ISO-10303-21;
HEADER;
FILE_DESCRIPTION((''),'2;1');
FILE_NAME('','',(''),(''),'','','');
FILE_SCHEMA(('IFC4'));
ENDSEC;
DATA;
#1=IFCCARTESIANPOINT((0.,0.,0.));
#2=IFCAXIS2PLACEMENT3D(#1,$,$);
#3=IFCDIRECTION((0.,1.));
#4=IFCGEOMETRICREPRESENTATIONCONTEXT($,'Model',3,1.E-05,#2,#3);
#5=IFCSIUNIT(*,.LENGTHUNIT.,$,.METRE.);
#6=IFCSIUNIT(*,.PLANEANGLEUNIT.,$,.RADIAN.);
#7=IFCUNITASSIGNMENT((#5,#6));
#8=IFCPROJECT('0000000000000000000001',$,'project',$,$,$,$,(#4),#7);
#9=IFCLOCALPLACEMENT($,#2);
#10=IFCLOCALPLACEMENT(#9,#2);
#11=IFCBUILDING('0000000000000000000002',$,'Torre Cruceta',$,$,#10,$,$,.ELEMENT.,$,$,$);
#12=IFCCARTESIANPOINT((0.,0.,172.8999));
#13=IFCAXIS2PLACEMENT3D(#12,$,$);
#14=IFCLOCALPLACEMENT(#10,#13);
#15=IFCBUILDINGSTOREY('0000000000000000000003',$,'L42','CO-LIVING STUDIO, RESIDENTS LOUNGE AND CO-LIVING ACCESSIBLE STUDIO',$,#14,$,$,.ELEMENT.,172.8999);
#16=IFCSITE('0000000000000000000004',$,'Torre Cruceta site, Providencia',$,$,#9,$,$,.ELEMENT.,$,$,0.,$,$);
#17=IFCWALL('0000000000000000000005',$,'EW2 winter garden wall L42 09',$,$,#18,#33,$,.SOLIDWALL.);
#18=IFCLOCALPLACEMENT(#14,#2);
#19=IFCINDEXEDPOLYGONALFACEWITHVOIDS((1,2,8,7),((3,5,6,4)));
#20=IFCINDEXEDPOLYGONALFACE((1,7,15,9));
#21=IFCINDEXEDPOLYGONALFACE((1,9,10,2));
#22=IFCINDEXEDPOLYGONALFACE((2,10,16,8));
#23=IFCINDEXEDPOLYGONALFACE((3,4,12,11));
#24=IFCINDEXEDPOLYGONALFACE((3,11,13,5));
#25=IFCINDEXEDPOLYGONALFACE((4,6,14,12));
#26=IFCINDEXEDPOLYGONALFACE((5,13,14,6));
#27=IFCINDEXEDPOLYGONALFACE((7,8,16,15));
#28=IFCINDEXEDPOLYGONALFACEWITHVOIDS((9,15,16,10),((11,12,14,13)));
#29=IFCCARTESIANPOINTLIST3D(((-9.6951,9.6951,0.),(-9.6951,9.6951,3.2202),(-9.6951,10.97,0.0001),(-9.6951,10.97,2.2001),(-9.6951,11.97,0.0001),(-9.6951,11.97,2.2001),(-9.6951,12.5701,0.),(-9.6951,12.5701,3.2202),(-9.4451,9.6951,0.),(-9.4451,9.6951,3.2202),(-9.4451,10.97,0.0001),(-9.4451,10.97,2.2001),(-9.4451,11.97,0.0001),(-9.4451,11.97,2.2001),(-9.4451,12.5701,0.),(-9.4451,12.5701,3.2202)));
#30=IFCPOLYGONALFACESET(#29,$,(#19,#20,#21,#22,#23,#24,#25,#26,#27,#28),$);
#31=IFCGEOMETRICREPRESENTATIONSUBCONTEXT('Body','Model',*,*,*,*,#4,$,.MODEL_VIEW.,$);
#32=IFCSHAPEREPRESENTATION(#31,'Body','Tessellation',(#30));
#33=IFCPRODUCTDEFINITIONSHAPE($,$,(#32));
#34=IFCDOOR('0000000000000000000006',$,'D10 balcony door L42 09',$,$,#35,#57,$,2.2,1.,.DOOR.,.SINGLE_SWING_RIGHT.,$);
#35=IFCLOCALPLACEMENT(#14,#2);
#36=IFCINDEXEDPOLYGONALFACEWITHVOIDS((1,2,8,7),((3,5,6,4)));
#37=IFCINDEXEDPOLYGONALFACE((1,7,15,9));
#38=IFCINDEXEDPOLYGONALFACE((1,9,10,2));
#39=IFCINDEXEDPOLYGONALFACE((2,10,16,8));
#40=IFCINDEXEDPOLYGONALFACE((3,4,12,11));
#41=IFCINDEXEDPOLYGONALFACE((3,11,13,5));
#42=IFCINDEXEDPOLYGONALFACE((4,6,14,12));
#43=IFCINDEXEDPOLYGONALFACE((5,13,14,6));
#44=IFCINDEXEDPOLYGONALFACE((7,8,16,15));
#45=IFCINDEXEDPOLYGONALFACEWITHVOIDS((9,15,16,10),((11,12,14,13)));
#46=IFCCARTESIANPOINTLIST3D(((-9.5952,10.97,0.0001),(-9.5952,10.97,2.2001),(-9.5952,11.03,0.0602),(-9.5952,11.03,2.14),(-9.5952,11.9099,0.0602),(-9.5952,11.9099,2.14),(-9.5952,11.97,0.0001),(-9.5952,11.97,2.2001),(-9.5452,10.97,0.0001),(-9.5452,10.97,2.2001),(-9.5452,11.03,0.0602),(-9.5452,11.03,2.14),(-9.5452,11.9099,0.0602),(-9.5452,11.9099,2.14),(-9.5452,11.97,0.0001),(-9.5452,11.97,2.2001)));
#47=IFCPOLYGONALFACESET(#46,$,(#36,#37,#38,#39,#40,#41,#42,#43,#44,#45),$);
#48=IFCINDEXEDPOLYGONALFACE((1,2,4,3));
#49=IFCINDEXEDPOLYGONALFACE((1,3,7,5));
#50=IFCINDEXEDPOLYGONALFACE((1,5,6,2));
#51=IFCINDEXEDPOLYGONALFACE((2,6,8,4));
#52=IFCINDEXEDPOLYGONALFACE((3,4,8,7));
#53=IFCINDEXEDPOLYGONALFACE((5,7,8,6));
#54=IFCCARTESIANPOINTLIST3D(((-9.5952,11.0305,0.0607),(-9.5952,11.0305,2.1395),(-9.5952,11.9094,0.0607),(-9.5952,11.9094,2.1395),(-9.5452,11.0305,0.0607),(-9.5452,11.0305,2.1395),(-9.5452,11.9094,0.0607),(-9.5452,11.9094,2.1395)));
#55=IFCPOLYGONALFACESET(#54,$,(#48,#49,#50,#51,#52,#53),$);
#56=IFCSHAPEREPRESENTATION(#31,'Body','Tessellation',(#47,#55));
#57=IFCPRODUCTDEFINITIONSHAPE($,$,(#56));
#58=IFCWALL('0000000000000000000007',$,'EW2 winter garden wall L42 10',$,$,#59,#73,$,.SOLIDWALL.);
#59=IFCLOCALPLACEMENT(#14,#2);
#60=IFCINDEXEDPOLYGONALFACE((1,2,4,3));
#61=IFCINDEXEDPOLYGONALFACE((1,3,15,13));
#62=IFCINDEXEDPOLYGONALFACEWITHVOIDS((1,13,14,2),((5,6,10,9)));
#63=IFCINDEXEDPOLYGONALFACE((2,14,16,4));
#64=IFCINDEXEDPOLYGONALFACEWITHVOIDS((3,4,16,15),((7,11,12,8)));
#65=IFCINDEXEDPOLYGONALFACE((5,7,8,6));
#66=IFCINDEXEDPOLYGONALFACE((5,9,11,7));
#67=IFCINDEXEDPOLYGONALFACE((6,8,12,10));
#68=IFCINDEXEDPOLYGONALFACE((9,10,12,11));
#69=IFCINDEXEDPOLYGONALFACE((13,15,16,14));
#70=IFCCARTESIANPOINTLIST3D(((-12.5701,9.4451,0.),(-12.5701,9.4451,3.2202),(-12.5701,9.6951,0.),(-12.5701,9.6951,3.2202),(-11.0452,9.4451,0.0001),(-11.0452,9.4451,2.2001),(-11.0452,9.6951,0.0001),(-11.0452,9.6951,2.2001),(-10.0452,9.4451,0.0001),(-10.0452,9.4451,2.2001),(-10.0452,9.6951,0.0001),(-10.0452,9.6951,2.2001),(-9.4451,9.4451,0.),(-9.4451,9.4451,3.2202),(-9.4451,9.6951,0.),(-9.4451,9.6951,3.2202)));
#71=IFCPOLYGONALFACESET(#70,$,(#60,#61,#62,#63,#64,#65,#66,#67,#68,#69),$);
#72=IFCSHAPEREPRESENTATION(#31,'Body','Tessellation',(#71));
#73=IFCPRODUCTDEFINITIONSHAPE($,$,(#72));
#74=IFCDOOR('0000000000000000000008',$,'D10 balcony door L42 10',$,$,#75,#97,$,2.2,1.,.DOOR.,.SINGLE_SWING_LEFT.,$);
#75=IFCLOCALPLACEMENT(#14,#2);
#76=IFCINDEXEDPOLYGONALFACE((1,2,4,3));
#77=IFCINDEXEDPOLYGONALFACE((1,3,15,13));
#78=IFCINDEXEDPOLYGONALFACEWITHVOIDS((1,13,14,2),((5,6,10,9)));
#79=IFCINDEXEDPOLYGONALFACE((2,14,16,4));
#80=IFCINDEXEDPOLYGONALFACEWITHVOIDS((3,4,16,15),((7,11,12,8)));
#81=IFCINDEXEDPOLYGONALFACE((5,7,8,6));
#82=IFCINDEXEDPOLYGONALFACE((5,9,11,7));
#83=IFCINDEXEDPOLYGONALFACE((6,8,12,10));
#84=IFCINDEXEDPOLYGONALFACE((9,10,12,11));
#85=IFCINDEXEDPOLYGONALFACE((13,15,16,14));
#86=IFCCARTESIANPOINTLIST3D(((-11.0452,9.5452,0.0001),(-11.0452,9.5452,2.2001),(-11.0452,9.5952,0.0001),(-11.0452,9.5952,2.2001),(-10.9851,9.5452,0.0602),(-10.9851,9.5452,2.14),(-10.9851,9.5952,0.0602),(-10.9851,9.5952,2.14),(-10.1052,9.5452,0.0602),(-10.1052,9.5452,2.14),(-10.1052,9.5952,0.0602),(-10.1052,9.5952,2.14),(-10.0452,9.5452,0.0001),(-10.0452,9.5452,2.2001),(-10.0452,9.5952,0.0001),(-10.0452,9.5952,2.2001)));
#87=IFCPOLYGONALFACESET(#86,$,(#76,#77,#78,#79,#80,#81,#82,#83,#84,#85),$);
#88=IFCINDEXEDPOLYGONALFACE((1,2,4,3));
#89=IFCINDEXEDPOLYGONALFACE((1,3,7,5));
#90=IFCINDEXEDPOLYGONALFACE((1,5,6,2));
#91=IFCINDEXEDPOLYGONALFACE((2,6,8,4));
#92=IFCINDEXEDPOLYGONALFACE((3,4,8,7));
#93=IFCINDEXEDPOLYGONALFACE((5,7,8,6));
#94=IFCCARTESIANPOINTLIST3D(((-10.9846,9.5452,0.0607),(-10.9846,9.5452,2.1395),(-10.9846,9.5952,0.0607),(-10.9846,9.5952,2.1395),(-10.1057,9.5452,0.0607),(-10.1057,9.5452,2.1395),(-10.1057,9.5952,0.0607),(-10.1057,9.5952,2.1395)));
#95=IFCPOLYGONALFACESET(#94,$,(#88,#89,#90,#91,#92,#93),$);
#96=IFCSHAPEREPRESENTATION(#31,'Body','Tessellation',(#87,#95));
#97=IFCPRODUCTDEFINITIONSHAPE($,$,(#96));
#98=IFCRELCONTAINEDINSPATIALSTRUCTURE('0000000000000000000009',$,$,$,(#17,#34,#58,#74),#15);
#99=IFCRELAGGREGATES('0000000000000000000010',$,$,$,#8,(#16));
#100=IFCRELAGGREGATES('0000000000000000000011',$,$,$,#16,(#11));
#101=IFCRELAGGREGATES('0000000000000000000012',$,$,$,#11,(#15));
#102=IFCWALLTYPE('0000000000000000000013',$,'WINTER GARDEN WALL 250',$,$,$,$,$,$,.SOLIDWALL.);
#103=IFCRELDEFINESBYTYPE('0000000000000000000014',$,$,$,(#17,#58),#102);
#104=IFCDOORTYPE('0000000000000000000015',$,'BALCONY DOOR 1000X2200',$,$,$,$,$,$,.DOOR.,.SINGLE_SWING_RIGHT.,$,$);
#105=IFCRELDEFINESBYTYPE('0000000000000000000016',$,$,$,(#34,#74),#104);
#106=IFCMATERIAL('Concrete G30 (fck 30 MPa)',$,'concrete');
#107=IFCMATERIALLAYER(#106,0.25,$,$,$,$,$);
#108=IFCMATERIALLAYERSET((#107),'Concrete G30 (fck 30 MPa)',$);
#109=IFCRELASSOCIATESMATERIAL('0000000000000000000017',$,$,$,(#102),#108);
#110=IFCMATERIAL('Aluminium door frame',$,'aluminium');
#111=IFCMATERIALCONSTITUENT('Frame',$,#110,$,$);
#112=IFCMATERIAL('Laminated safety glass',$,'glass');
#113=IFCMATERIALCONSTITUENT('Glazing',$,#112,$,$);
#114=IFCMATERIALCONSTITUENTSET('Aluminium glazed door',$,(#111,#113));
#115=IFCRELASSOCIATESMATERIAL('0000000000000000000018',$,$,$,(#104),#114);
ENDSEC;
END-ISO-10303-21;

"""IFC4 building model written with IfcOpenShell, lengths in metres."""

from ifc_helpers import new_model, si_unit, direction, frame, frame_2d, origin, place, context, subcontext, project, spatial, rectangle, hollow_rectangle, extrude, material, layer, layer_set, constituent, constituent_set, type_object, element, fill, save


model = new_model("IFC4")

# Units and contexts
model_context = context("Model", 3, precision=1e-05, world=origin(), true_north=direction((0.0, 1.0)))
body_context = subcontext(model_context, "Body", "Model", "MODEL_VIEW")
ifc_project = project(units=[si_unit("LENGTHUNIT", "METRE"), si_unit("PLANEANGLEUNIT", "RADIAN")], contexts=[model_context])

# Site, building, storey
site_placement = place(None, origin())
site = spatial("IfcSite", under=ifc_project, at=site_placement, Name="Torre Cruceta site, Providencia", CompositionType="ELEMENT", RefElevation=0.0)
building_placement = place(site_placement, origin())
building = spatial("IfcBuilding", under=site, at=building_placement, Name="Torre Cruceta", CompositionType="ELEMENT")
storey_placement = place(building_placement, frame((0.0, 0.0, 172.8999)))
storey = spatial("IfcBuildingStorey", under=building, at=storey_placement, Name="L42", Description="CO-LIVING STUDIO, RESIDENTS LOUNGE AND CO-LIVING ACCESSIBLE STUDIO", CompositionType="ELEMENT", Elevation=172.8999)

# Walls, openings, doors
ifc_material_1 = material(Name="Concrete G30 (fck 30 MPa)", Category="concrete")
ifc_layer_1 = layer(ifc_material_1, 0.25)
ifc_layer_set_1 = layer_set([ifc_layer_1], Name="Concrete G30 (fck 30 MPa)")
wall_type_1 = type_object("IfcWallType", Name="WINTER GARDEN WALL 250", PredefinedType="SOLIDWALL", material=ifc_layer_set_1)
wall_1_placement = place(storey_placement, frame((-9.5701, 12.5701, 0.0), z_axis=(0.0, 0.0, 1.0), x_axis=(0.0, -1.0, 0.0)))
wall_1 = element("IfcWall", 1, at=wall_1_placement, inside=storey, type_object=wall_type_1, Name="EW2 winter garden wall L42 09", PredefinedType="SOLIDWALL", context=body_context, shape_type="SweptSolid", body=[
    extrude(rectangle(XDim=2.875, YDim=0.25, at=frame_2d((1.4375, 0.0))), origin(), (0.0, 0.0, 1.0), 3.2202),
])
opening_1_placement = place(wall_1_placement, frame((0.6001, 0.0, 0.0)))
opening_1 = element("IfcOpeningElement", 2, at=opening_1_placement, cuts=wall_1, PredefinedType="OPENING", context=body_context, shape_type="SweptSolid", body=[
    extrude(rectangle(XDim=1.0, YDim=2.2, at=frame_2d((0.5, 1.1001))), frame((0.0, 0.135, 0.0), z_axis=(0.0, -1.0, 0.0), x_axis=(1.0, 0.0, 0.0)), (0.0, 0.0, 1.0), 0.27),
])
ifc_material_2 = material(Name="Aluminium door frame", Category="aluminium")
ifc_constituent_1 = constituent(ifc_material_2, Name="Frame")
ifc_material_3 = material(Name="Laminated safety glass", Category="glass")
ifc_constituent_2 = constituent(ifc_material_3, Name="Glazing")
ifc_constituent_set_1 = constituent_set(constituents=[ifc_constituent_1, ifc_constituent_2], Name="Aluminium glazed door")
door_type_1 = type_object("IfcDoorType", Name="BALCONY DOOR 1000X2200", OperationType="SINGLE_SWING_RIGHT", PredefinedType="DOOR", material=ifc_constituent_set_1)
door_1_placement = place(opening_1_placement, origin())
door_1 = element("IfcDoor", 3, at=door_1_placement, inside=storey, type_object=door_type_1, Name="D10 balcony door L42 09", OperationType="SINGLE_SWING_RIGHT", OverallHeight=2.2, OverallWidth=1.0, PredefinedType="DOOR", context=body_context, shape_type="SweptSolid", body=[
    extrude(hollow_rectangle(XDim=1.0, YDim=2.2, WallThickness=0.0601, at=frame_2d((0.5, 1.1001))), frame((0.0, 0.0249, 0.0), z_axis=(0.0, -1.0, 0.0), x_axis=(1.0, 0.0, 0.0)), (0.0, 0.0, 1.0), 0.05),
    extrude(rectangle(XDim=0.8789, YDim=2.0789, at=frame_2d((0.5, 1.1001))), frame((0.0, 0.0249, 0.0), z_axis=(0.0, -1.0, 0.0), x_axis=(1.0, 0.0, 0.0)), (0.0, 0.0, 1.0), 0.05),
])
fill(opening_1, door_1)
wall_2_placement = place(storey_placement, frame((-9.4451, 9.5701, 0.0), z_axis=(0.0, 0.0, 1.0), x_axis=(-1.0, 0.0, 0.0)))
wall_2 = element("IfcWall", 4, at=wall_2_placement, inside=storey, type_object=wall_type_1, Name="EW2 winter garden wall L42 10", PredefinedType="SOLIDWALL", context=body_context, shape_type="SweptSolid", body=[
    extrude(rectangle(XDim=3.125, YDim=0.25, at=frame_2d((1.5625, 0.0))), origin(), (0.0, 0.0, 1.0), 3.2202),
])
opening_2_placement = place(wall_2_placement, frame((0.6001, 0.0, 0.0)))
opening_2 = element("IfcOpeningElement", 5, at=opening_2_placement, cuts=wall_2, PredefinedType="OPENING", context=body_context, shape_type="SweptSolid", body=[
    extrude(rectangle(XDim=1.0, YDim=2.2, at=frame_2d((0.5, 1.1001))), frame((0.0, 0.135, 0.0), z_axis=(0.0, -1.0, 0.0), x_axis=(1.0, 0.0, 0.0)), (0.0, 0.0, 1.0), 0.27),
])
door_2_placement = place(opening_2_placement, origin())
door_2 = element("IfcDoor", 6, at=door_2_placement, inside=storey, type_object=door_type_1, Name="D10 balcony door L42 10", OperationType="SINGLE_SWING_LEFT", OverallHeight=2.2, OverallWidth=1.0, PredefinedType="DOOR", context=body_context, shape_type="SweptSolid", body=[
    extrude(hollow_rectangle(XDim=1.0, YDim=2.2, WallThickness=0.0601, at=frame_2d((0.5, 1.1001))), frame((0.0, 0.0249, 0.0), z_axis=(0.0, -1.0, 0.0), x_axis=(1.0, 0.0, 0.0)), (0.0, 0.0, 1.0), 0.05),
    extrude(rectangle(XDim=0.8789, YDim=2.0789, at=frame_2d((0.5, 1.1001))), frame((0.0, 0.0249, 0.0), z_axis=(0.0, -1.0, 0.0), x_axis=(1.0, 0.0, 0.0)), (0.0, 0.0, 1.0), 0.05),
])
fill(opening_2, door_2)

save(model, "model.ifc")
